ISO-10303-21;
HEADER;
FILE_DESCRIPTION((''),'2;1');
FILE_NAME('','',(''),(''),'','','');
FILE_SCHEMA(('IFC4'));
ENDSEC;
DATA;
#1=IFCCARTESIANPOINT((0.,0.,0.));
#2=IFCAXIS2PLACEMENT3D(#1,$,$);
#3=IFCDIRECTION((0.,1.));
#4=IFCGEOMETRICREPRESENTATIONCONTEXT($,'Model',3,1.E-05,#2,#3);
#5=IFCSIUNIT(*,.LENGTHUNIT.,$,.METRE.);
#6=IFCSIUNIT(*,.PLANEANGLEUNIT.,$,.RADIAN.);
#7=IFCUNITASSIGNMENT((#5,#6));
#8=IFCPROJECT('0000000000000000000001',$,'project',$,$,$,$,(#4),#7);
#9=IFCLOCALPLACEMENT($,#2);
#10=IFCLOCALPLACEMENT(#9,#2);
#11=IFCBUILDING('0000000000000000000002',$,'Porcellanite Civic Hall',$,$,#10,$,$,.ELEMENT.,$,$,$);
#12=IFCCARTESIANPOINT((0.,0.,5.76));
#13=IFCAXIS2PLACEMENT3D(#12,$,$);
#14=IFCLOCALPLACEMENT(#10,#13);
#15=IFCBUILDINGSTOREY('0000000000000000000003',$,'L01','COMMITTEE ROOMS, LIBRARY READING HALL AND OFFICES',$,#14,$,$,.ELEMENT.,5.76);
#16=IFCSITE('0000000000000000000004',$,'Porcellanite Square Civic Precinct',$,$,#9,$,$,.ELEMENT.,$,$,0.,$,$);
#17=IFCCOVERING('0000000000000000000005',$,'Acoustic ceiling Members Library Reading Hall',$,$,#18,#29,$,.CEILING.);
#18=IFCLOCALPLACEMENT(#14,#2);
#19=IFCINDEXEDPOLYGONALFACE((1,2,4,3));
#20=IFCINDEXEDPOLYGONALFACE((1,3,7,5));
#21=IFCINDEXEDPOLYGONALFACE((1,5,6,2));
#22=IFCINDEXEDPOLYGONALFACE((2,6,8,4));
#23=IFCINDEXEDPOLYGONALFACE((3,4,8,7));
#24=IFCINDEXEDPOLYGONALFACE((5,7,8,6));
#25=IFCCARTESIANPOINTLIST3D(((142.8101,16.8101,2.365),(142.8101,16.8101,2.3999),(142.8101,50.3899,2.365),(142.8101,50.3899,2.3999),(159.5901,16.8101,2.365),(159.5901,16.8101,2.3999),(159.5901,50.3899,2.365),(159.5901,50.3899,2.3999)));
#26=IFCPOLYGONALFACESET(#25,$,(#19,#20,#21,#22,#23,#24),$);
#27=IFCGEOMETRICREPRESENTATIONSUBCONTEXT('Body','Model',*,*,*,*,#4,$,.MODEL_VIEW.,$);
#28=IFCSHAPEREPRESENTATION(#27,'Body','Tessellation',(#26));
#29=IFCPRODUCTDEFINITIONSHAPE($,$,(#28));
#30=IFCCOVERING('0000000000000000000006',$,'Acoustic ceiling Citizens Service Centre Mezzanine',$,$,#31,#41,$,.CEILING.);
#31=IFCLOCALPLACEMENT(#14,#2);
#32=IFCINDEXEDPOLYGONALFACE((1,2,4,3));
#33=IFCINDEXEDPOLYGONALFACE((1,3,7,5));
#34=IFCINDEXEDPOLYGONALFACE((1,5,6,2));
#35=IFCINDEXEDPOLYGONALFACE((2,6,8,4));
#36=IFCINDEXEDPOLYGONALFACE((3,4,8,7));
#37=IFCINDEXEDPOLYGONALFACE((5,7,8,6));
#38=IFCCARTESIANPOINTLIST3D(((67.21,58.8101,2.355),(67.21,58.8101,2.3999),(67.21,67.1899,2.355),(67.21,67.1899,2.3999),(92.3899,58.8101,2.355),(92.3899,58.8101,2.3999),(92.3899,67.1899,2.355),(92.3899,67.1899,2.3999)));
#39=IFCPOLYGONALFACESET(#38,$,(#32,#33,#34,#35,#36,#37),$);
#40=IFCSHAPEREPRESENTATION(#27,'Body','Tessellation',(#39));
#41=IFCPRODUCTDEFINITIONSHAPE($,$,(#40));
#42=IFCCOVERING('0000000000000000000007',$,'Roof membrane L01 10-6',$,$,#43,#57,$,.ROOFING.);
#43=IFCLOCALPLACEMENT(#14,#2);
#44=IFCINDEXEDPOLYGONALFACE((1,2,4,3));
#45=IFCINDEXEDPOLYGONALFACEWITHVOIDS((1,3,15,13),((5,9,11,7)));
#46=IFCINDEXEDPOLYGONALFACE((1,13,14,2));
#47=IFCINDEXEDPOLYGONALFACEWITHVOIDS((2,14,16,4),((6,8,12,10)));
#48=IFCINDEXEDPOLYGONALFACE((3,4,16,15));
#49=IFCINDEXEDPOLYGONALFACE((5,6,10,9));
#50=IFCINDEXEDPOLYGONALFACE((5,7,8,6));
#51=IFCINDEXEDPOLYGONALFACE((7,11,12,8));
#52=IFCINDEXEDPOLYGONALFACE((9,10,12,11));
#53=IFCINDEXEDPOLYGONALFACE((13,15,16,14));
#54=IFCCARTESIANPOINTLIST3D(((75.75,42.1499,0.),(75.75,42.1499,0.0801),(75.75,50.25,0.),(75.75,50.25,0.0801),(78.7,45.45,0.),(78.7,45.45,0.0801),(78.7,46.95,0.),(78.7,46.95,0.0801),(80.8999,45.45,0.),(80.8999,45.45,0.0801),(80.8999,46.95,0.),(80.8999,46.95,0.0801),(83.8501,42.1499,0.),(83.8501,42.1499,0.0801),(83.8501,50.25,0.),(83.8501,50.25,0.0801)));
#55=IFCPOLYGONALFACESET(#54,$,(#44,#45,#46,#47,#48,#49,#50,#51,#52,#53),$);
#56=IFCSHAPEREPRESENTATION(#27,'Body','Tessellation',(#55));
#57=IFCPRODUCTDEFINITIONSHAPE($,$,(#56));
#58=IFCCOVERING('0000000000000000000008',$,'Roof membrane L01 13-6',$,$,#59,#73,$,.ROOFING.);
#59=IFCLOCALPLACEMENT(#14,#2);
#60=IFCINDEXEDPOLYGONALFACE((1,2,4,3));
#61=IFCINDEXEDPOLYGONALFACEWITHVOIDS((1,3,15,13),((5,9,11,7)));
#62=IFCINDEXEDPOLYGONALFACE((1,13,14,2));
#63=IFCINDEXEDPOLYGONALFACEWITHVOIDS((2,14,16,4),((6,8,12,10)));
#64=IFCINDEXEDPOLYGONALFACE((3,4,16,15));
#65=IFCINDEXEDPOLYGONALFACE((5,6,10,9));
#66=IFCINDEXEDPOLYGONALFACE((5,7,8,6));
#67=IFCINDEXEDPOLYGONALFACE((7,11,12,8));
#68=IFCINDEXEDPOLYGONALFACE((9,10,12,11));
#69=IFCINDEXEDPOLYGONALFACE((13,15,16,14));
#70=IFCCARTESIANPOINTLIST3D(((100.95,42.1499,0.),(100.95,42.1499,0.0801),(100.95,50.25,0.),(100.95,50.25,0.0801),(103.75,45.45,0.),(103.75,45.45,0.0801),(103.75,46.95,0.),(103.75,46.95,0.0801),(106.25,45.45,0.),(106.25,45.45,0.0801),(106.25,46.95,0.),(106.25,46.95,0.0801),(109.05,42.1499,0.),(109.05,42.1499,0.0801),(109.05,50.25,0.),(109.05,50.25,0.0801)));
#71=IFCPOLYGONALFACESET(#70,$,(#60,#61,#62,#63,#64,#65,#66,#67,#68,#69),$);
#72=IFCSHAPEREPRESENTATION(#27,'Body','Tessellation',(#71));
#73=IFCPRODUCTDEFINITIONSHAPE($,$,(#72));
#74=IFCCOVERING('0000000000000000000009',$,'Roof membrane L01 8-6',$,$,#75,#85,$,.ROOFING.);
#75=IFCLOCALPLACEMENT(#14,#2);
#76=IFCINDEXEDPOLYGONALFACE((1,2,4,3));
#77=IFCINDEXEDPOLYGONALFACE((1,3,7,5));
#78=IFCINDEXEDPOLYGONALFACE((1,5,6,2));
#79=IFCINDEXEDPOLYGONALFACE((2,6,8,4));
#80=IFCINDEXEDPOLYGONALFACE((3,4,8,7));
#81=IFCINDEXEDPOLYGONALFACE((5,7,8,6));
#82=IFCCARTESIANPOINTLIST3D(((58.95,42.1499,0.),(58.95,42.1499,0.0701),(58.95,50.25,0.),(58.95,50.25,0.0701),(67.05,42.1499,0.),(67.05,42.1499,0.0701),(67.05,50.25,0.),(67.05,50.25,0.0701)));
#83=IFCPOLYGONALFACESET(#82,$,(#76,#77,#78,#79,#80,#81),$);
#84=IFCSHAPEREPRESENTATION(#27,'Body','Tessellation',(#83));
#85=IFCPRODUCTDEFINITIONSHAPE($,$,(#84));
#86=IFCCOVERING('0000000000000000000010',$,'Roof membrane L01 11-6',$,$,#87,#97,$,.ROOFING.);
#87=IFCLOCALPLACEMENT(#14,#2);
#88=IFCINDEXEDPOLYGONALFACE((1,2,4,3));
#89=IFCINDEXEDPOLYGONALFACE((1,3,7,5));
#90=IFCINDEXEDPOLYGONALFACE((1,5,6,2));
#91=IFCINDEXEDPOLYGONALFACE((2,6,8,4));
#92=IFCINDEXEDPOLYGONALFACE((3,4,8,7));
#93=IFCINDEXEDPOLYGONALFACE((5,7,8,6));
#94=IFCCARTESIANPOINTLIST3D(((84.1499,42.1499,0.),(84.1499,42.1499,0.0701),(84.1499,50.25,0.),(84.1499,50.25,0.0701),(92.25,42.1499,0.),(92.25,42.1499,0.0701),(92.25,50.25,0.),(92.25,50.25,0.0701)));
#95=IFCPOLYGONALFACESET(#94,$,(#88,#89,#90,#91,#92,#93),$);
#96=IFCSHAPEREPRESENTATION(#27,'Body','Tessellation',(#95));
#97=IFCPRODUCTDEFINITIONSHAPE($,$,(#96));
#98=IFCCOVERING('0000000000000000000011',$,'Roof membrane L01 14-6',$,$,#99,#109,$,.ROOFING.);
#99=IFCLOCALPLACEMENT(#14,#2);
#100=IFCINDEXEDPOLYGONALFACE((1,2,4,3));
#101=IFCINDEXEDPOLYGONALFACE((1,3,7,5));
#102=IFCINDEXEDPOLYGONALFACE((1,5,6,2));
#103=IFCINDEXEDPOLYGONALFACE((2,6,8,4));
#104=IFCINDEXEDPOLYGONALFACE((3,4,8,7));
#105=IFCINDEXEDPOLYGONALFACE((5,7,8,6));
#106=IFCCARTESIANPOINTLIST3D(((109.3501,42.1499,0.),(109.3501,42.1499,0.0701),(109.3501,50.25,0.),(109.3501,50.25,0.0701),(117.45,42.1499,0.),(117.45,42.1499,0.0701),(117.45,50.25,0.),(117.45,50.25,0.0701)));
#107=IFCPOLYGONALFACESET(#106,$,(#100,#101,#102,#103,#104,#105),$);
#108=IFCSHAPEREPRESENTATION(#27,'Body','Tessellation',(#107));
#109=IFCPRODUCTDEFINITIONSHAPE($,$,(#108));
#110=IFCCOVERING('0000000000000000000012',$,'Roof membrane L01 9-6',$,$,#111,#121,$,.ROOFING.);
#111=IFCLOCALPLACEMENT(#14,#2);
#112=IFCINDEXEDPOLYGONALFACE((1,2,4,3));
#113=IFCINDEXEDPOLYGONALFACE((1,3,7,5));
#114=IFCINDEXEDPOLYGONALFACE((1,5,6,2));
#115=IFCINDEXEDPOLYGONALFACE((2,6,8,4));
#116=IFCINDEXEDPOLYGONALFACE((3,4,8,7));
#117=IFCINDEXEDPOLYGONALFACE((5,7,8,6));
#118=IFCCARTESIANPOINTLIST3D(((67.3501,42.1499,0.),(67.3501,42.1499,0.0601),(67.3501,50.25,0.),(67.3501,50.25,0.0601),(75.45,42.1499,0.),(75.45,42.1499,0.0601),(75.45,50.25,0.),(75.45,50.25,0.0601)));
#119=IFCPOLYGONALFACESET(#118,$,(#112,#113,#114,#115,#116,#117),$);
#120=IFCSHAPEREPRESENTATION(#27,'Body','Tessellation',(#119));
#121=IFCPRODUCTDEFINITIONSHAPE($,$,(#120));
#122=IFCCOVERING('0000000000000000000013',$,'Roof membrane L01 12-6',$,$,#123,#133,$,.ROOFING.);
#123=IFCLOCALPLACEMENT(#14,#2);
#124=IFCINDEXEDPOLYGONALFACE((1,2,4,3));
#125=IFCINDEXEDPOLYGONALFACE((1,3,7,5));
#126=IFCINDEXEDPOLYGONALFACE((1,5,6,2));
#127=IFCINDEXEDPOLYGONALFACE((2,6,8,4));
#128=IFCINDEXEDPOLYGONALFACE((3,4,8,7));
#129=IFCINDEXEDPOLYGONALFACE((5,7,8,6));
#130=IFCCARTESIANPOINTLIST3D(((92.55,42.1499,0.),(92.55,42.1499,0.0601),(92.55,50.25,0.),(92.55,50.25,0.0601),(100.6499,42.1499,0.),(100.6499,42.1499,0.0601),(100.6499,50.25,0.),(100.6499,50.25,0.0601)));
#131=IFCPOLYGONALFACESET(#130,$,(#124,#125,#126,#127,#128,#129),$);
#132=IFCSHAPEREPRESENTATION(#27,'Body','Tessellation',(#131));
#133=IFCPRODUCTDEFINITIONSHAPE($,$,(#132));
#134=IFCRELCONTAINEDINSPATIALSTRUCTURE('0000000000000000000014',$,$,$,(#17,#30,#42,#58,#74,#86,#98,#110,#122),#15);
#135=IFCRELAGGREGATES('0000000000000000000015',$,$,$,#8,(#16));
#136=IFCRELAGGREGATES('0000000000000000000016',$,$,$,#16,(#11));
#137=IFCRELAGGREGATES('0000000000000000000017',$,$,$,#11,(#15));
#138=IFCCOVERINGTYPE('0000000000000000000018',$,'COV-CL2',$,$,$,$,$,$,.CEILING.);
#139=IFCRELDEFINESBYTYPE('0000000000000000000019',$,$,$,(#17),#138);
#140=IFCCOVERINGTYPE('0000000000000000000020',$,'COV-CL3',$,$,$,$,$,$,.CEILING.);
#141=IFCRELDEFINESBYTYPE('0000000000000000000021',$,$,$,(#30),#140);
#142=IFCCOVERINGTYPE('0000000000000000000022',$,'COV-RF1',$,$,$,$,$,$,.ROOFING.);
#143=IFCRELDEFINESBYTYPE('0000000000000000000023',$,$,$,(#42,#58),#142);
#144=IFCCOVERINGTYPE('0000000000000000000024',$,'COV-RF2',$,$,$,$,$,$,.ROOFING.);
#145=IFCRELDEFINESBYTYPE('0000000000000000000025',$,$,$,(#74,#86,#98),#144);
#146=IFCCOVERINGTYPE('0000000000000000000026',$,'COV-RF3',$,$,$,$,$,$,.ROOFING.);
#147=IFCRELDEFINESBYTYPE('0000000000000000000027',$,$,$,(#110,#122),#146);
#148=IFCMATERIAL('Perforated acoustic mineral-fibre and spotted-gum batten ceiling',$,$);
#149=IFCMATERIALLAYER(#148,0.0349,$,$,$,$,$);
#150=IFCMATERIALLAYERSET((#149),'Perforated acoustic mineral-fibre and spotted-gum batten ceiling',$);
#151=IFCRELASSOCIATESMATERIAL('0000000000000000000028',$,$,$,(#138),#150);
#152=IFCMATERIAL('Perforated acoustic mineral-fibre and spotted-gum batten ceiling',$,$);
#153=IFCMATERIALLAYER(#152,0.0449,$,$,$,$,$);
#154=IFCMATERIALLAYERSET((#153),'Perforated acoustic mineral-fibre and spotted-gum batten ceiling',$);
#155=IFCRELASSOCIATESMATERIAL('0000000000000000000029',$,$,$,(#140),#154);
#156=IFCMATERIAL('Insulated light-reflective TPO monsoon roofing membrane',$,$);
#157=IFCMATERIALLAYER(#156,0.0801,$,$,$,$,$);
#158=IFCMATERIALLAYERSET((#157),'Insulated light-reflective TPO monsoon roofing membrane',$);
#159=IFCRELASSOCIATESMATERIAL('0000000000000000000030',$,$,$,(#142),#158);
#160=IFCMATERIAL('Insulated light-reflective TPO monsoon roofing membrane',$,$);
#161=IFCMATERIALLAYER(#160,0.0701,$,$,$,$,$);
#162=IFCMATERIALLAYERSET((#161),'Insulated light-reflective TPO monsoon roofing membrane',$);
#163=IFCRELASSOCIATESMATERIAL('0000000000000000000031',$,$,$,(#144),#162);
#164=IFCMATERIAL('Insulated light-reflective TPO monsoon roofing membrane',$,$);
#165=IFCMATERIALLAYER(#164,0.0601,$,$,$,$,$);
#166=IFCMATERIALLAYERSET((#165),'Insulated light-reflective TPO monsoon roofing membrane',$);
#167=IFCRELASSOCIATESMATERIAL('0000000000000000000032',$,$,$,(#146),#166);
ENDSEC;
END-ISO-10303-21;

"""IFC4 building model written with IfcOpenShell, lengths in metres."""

from ifc_helpers import new_model, si_unit, direction, frame, origin, place, context, subcontext, project, spatial, polyline, outline, extrude, material, layer, layer_set, type_object, element, save


model = new_model("IFC4")

# Units and contexts
model_context = context("Model", 3, precision=1e-05, world=origin(), true_north=direction((0.0, 1.0)))
body_context = subcontext(model_context, "Body", "Model", "MODEL_VIEW")
ifc_project = project(units=[si_unit("LENGTHUNIT", "METRE"), si_unit("PLANEANGLEUNIT", "RADIAN")], contexts=[model_context])

# Site, building, storey
site_placement = place(None, origin())
site = spatial("IfcSite", under=ifc_project, at=site_placement, Name="Porcellanite Square Civic Precinct", CompositionType="ELEMENT", RefElevation=0.0)
building_placement = place(site_placement, origin())
building = spatial("IfcBuilding", under=site, at=building_placement, Name="Porcellanite Civic Hall", CompositionType="ELEMENT")
storey_placement = place(building_placement, frame((0.0, 0.0, 5.76)))
storey = spatial("IfcBuildingStorey", under=building, at=storey_placement, Name="L01", Description="COMMITTEE ROOMS, LIBRARY READING HALL AND OFFICES", CompositionType="ELEMENT", Elevation=5.76)

# Coverings
ifc_material_1 = material(Name="Perforated acoustic mineral-fibre and spotted-gum batten ceiling")
ifc_layer_1 = layer(ifc_material_1, 0.0349)
ifc_layer_set_1 = layer_set([ifc_layer_1], Name="Perforated acoustic mineral-fibre and spotted-gum batten ceiling")
covering_type_1 = type_object("IfcCoveringType", Name="COV-CL2", PredefinedType="CEILING", material=ifc_layer_set_1)
covering_1_placement = place(storey_placement, frame((0.0, 0.0, 2.365)))
element("IfcCovering", 1, at=covering_1_placement, inside=storey, type_object=covering_type_1, Name="Acoustic ceiling Members Library Reading Hall", PredefinedType="CEILING", context=body_context, shape_type="SweptSolid", body=[
    extrude(outline(polyline([(142.8101, 16.8101), (159.5901, 16.8101), (159.5901, 50.3899), (142.8101, 50.3899), (142.8101, 16.8101)])), origin(), (0.0, 0.0, 1.0), 0.0349),
])
ifc_material_2 = material(Name="Perforated acoustic mineral-fibre and spotted-gum batten ceiling")
ifc_layer_2 = layer(ifc_material_2, 0.0449)
ifc_layer_set_2 = layer_set([ifc_layer_2], Name="Perforated acoustic mineral-fibre and spotted-gum batten ceiling")
covering_type_2 = type_object("IfcCoveringType", Name="COV-CL3", PredefinedType="CEILING", material=ifc_layer_set_2)
covering_2_placement = place(storey_placement, frame((0.0, 0.0, 2.355)))
element("IfcCovering", 2, at=covering_2_placement, inside=storey, type_object=covering_type_2, Name="Acoustic ceiling Citizens Service Centre Mezzanine", PredefinedType="CEILING", context=body_context, shape_type="SweptSolid", body=[
    extrude(outline(polyline([(67.21, 58.8101), (92.3899, 58.8101), (92.3899, 67.1899), (67.21, 67.1899), (67.21, 58.8101)])), origin(), (0.0, 0.0, 1.0), 0.0449),
])
ifc_material_3 = material(Name="Insulated light-reflective TPO monsoon roofing membrane")
ifc_layer_3 = layer(ifc_material_3, 0.0801)
ifc_layer_set_3 = layer_set([ifc_layer_3], Name="Insulated light-reflective TPO monsoon roofing membrane")
covering_type_3 = type_object("IfcCoveringType", Name="COV-RF1", PredefinedType="ROOFING", material=ifc_layer_set_3)
covering_3_placement = place(storey_placement, origin())
element("IfcCovering", 3, at=covering_3_placement, inside=storey, type_object=covering_type_3, Name="Roof membrane L01 10-6", PredefinedType="ROOFING", context=body_context, shape_type="SweptSolid", body=[
    extrude(outline(polyline([(75.75, 42.1499), (83.8501, 42.1499), (83.8501, 50.25), (75.75, 50.25), (75.75, 42.1499)]), holes=[polyline([(78.7, 45.45), (80.8999, 45.45), (80.8999, 46.95), (78.7, 46.95), (78.7, 45.45)])]), origin(), (0.0, 0.0, 1.0), 0.0801),
])
covering_4_placement = place(storey_placement, origin())
element("IfcCovering", 4, at=covering_4_placement, inside=storey, type_object=covering_type_3, Name="Roof membrane L01 13-6", PredefinedType="ROOFING", context=body_context, shape_type="SweptSolid", body=[
    extrude(outline(polyline([(100.95, 42.1499), (109.05, 42.1499), (109.05, 50.25), (100.95, 50.25), (100.95, 42.1499)]), holes=[polyline([(103.75, 45.45), (106.25, 45.45), (106.25, 46.95), (103.75, 46.95), (103.75, 45.45)])]), origin(), (0.0, 0.0, 1.0), 0.0801),
])
ifc_material_4 = material(Name="Insulated light-reflective TPO monsoon roofing membrane")
ifc_layer_4 = layer(ifc_material_4, 0.0701)
ifc_layer_set_4 = layer_set([ifc_layer_4], Name="Insulated light-reflective TPO monsoon roofing membrane")
covering_type_4 = type_object("IfcCoveringType", Name="COV-RF2", PredefinedType="ROOFING", material=ifc_layer_set_4)
covering_5_placement = place(storey_placement, origin())
element("IfcCovering", 5, at=covering_5_placement, inside=storey, type_object=covering_type_4, Name="Roof membrane L01 8-6", PredefinedType="ROOFING", context=body_context, shape_type="SweptSolid", body=[
    extrude(outline(polyline([(58.95, 42.1499), (67.05, 42.1499), (67.05, 50.25), (58.95, 50.25), (58.95, 42.1499)])), origin(), (0.0, 0.0, 1.0), 0.0701),
])
covering_6_placement = place(storey_placement, origin())
element("IfcCovering", 6, at=covering_6_placement, inside=storey, type_object=covering_type_4, Name="Roof membrane L01 11-6", PredefinedType="ROOFING", context=body_context, shape_type="SweptSolid", body=[
    extrude(outline(polyline([(84.1499, 42.1499), (92.25, 42.1499), (92.25, 50.25), (84.1499, 50.25), (84.1499, 42.1499)])), origin(), (0.0, 0.0, 1.0), 0.0701),
])
covering_7_placement = place(storey_placement, origin())
element("IfcCovering", 7, at=covering_7_placement, inside=storey, type_object=covering_type_4, Name="Roof membrane L01 14-6", PredefinedType="ROOFING", context=body_context, shape_type="SweptSolid", body=[
    extrude(outline(polyline([(109.3501, 42.1499), (117.45, 42.1499), (117.45, 50.25), (109.3501, 50.25), (109.3501, 42.1499)])), origin(), (0.0, 0.0, 1.0), 0.0701),
])
ifc_material_5 = material(Name="Insulated light-reflective TPO monsoon roofing membrane")
ifc_layer_5 = layer(ifc_material_5, 0.0601)
ifc_layer_set_5 = layer_set([ifc_layer_5], Name="Insulated light-reflective TPO monsoon roofing membrane")
covering_type_5 = type_object("IfcCoveringType", Name="COV-RF3", PredefinedType="ROOFING", material=ifc_layer_set_5)
covering_8_placement = place(storey_placement, origin())
element("IfcCovering", 8, at=covering_8_placement, inside=storey, type_object=covering_type_5, Name="Roof membrane L01 9-6", PredefinedType="ROOFING", context=body_context, shape_type="SweptSolid", body=[
    extrude(outline(polyline([(67.3501, 42.1499), (75.45, 42.1499), (75.45, 50.25), (67.3501, 50.25), (67.3501, 42.1499)])), origin(), (0.0, 0.0, 1.0), 0.0601),
])
covering_9_placement = place(storey_placement, origin())
element("IfcCovering", 9, at=covering_9_placement, inside=storey, type_object=covering_type_5, Name="Roof membrane L01 12-6", PredefinedType="ROOFING", context=body_context, shape_type="SweptSolid", body=[
    extrude(outline(polyline([(92.55, 42.1499), (100.6499, 42.1499), (100.6499, 50.25), (92.55, 50.25), (92.55, 42.1499)])), origin(), (0.0, 0.0, 1.0), 0.0601),
])

save(model, "model.ifc")
